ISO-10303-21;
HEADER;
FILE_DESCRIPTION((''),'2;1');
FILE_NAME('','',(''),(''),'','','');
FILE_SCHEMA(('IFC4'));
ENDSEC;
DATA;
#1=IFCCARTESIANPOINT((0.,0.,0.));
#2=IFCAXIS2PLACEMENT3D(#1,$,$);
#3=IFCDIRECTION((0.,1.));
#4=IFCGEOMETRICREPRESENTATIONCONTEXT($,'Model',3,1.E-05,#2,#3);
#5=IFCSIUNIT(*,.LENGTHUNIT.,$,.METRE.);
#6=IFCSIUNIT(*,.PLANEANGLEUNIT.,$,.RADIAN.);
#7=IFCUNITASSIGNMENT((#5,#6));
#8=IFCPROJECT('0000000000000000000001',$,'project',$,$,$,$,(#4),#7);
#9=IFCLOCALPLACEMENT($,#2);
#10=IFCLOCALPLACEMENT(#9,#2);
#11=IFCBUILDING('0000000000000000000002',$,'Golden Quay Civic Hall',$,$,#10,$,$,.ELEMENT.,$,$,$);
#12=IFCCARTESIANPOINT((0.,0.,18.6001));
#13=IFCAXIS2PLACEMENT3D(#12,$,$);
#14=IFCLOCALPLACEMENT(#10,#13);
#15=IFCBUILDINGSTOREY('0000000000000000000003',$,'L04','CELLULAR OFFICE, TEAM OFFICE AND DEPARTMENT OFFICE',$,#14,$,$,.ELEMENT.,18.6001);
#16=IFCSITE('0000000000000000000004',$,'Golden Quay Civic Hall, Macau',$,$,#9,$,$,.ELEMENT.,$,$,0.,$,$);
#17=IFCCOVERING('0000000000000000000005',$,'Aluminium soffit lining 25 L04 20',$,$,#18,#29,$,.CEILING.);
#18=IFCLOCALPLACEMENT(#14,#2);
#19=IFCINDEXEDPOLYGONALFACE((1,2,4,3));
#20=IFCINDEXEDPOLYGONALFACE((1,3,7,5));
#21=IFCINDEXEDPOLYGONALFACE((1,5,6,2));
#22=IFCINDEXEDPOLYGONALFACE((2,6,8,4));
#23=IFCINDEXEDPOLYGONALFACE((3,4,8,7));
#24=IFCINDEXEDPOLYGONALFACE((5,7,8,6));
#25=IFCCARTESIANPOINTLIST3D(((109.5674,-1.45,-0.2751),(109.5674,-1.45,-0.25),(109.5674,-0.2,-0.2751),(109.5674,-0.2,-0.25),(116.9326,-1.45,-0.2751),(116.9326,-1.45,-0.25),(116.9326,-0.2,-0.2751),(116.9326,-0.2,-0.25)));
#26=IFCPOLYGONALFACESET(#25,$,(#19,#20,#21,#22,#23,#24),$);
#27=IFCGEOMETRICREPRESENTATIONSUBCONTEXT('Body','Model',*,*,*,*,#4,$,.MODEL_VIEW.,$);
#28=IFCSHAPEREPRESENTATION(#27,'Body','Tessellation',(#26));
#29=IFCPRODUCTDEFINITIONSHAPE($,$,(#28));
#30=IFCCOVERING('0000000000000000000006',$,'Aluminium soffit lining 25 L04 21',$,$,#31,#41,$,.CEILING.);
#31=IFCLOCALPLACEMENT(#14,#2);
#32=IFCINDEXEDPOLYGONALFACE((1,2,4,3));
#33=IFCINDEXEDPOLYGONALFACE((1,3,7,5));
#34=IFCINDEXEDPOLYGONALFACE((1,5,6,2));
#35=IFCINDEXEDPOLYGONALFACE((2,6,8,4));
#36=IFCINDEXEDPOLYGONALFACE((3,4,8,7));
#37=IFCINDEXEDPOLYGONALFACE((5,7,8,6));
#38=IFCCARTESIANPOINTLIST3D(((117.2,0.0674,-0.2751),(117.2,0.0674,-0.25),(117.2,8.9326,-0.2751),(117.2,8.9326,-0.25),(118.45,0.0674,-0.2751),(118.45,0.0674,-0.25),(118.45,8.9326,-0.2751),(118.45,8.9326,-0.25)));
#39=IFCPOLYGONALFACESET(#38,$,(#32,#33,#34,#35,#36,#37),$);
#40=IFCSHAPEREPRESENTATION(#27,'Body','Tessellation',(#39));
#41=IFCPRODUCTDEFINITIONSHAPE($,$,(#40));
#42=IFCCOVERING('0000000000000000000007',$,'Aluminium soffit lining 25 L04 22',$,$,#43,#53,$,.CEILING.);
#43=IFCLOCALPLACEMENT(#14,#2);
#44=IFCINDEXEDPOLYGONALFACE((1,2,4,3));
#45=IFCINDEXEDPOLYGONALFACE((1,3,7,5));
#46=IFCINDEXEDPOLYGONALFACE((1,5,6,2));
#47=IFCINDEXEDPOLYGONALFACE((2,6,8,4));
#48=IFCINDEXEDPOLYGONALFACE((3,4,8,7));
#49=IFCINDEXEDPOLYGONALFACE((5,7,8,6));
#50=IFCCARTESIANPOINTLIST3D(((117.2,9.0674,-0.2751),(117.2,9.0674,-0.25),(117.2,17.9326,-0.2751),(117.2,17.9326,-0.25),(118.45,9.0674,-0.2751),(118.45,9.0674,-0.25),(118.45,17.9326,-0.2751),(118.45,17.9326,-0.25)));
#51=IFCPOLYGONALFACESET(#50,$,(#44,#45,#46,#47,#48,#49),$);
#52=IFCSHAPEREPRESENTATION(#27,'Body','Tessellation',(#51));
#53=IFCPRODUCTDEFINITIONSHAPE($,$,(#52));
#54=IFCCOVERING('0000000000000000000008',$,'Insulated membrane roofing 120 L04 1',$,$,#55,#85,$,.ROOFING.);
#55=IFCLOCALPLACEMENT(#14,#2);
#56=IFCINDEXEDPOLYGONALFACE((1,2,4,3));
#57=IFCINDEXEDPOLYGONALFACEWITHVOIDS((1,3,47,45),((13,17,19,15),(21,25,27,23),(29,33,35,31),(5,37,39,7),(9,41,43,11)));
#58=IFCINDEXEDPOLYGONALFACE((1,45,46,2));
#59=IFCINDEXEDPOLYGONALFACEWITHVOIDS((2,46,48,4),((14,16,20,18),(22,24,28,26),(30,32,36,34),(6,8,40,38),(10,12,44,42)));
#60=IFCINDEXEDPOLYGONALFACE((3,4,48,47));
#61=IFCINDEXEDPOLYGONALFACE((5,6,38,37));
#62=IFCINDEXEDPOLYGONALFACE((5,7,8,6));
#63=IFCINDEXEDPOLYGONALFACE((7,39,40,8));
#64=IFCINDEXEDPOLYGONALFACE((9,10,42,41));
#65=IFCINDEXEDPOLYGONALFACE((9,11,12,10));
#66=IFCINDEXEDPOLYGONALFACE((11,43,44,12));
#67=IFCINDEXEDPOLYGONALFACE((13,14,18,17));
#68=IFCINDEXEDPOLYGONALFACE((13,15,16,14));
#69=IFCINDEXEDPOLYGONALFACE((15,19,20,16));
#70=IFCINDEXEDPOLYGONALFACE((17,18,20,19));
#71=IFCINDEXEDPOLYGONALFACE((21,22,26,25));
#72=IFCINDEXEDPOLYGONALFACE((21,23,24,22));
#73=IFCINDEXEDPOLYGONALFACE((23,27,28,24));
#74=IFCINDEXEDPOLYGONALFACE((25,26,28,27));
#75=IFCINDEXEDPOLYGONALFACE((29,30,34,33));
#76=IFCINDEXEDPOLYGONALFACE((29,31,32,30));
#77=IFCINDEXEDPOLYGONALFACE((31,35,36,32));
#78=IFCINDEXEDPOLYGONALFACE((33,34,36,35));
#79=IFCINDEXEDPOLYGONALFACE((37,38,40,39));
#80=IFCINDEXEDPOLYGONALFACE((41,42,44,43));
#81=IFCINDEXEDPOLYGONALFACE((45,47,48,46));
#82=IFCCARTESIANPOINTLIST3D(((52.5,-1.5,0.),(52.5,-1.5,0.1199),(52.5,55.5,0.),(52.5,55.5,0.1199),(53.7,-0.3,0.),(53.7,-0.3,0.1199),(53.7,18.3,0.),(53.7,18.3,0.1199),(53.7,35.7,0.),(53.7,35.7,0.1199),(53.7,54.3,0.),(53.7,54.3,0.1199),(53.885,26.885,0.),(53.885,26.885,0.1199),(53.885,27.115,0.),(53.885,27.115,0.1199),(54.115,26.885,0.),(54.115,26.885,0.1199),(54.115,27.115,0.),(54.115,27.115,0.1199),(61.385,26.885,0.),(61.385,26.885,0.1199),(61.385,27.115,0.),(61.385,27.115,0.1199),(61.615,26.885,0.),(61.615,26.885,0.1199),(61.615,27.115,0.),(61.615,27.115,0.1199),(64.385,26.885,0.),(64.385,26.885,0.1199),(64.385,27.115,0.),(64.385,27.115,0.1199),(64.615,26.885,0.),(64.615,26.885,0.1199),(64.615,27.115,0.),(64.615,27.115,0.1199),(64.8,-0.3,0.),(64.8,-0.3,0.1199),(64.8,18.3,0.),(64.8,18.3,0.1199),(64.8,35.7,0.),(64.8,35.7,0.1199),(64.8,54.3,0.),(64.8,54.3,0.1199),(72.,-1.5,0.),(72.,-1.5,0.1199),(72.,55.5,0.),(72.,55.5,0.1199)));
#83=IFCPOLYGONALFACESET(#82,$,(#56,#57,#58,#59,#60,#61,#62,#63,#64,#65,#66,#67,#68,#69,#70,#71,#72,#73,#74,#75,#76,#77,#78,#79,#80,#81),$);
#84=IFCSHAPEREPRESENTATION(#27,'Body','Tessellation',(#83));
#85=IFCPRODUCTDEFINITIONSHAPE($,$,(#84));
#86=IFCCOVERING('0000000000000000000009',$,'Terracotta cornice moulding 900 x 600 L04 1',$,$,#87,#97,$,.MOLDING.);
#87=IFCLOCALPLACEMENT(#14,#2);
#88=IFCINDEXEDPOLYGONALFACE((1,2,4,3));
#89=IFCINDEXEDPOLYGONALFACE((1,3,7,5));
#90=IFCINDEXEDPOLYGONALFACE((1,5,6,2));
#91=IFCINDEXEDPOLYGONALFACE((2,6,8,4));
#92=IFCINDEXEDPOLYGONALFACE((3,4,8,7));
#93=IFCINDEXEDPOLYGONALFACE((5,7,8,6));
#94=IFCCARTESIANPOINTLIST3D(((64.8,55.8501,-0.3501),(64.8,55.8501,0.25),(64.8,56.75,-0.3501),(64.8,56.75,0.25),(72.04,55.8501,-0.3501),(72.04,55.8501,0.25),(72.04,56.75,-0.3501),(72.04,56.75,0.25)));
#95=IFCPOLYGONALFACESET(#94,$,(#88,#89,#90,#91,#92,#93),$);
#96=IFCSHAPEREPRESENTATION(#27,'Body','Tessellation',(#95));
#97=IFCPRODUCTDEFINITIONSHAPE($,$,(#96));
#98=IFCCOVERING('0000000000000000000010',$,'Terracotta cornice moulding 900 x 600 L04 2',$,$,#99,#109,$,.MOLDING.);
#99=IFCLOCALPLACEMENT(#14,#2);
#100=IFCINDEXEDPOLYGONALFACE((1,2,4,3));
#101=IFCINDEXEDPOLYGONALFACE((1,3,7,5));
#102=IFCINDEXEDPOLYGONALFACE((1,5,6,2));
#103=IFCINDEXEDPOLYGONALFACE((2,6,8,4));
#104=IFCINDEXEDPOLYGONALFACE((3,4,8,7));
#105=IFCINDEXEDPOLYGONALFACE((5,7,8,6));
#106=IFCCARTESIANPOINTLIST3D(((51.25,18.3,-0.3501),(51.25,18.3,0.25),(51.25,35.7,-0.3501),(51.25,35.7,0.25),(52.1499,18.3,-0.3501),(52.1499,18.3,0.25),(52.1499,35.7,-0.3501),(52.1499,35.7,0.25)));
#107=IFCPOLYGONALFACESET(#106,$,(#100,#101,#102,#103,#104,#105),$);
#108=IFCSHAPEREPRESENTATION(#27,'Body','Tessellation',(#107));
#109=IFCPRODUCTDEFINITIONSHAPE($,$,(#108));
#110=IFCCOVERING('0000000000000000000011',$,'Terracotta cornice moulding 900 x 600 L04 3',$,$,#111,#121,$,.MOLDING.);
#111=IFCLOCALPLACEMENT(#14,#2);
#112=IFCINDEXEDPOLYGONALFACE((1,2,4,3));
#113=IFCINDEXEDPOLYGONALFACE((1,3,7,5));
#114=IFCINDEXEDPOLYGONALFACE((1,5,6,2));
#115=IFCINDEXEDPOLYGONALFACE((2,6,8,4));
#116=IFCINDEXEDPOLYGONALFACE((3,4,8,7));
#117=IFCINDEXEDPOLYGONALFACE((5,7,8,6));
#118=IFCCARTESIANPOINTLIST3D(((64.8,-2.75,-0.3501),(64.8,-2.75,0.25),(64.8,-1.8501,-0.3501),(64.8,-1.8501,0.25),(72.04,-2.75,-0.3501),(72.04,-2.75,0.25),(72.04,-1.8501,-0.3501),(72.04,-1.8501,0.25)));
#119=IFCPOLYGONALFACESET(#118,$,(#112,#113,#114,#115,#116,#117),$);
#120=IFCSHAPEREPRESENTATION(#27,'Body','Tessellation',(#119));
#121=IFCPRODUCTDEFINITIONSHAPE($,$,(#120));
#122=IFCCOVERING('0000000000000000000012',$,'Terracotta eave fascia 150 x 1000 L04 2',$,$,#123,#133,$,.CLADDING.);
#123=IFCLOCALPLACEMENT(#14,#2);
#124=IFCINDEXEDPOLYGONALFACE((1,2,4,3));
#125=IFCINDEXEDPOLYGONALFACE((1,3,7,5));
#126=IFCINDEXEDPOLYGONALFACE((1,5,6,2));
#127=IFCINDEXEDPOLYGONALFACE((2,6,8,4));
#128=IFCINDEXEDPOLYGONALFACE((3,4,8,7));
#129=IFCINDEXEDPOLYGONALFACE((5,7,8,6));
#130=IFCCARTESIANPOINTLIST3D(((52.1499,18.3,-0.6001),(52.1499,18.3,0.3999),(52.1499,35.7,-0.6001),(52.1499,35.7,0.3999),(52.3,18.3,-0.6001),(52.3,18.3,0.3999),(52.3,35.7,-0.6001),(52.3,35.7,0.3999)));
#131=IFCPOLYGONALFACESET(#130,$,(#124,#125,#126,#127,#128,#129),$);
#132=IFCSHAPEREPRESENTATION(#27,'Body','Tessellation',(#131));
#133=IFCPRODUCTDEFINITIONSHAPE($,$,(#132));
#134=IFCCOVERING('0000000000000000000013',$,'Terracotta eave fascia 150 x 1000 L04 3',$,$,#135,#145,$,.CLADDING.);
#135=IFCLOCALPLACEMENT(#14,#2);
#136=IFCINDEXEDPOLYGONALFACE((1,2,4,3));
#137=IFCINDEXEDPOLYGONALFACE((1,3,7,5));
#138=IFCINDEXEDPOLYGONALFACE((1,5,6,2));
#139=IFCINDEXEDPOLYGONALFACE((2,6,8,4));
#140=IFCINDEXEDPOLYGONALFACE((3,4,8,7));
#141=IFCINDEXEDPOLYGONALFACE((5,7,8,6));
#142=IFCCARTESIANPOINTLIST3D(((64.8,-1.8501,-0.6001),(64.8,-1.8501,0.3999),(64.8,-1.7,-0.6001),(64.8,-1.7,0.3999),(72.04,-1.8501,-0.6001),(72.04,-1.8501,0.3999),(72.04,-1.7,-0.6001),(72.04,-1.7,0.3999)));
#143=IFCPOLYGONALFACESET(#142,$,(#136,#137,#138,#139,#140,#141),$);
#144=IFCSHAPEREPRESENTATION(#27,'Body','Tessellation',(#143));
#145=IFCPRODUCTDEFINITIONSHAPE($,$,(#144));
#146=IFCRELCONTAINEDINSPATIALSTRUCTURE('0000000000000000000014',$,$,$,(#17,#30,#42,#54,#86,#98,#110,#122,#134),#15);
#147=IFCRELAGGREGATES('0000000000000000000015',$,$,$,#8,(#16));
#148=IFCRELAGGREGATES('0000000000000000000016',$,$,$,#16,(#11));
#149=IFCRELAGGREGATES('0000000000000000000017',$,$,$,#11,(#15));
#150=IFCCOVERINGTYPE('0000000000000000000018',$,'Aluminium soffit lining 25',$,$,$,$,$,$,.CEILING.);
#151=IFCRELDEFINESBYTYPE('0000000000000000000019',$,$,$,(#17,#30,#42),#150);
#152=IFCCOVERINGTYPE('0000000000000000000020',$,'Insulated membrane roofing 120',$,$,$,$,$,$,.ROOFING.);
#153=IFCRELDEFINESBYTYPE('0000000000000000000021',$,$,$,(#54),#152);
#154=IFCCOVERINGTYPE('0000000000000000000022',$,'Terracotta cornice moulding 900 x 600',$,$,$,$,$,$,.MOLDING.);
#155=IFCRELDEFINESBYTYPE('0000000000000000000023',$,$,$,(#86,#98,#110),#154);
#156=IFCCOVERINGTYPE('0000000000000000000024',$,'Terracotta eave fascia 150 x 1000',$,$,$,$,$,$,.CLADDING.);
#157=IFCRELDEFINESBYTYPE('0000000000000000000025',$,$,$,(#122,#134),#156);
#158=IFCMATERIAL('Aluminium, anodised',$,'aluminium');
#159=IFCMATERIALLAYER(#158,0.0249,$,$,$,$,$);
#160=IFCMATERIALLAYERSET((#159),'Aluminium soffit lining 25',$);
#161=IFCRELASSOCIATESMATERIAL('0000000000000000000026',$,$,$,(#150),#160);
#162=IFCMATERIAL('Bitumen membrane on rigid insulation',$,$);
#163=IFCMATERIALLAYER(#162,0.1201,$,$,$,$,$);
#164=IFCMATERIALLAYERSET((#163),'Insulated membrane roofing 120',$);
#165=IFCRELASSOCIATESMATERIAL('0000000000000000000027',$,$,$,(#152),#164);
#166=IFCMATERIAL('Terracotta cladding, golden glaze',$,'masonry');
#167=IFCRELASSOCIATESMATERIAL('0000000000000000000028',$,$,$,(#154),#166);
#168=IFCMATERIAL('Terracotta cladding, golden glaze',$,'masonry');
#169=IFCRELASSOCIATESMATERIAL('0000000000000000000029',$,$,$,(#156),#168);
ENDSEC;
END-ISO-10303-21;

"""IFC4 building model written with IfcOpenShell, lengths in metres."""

from ifc_helpers import new_model, si_unit, direction, frame, origin, place, context, subcontext, project, spatial, polyline, outline, extrude, material, layer, layer_set, type_object, element, save


model = new_model("IFC4")

# Units and contexts
model_context = context("Model", 3, precision=1e-05, world=origin(), true_north=direction((0.0, 1.0)))
body_context = subcontext(model_context, "Body", "Model", "MODEL_VIEW")
ifc_project = project(units=[si_unit("LENGTHUNIT", "METRE"), si_unit("PLANEANGLEUNIT", "RADIAN")], contexts=[model_context])

# Site, building, storey
site_placement = place(None, origin())
site = spatial("IfcSite", under=ifc_project, at=site_placement, Name="Golden Quay Civic Hall, Macau", CompositionType="ELEMENT", RefElevation=0.0)
building_placement = place(site_placement, origin())
building = spatial("IfcBuilding", under=site, at=building_placement, Name="Golden Quay Civic Hall", CompositionType="ELEMENT")
storey_placement = place(building_placement, frame((0.0, 0.0, 18.6001)))
storey = spatial("IfcBuildingStorey", under=building, at=storey_placement, Name="L04", Description="CELLULAR OFFICE, TEAM OFFICE AND DEPARTMENT OFFICE", CompositionType="ELEMENT", Elevation=18.6001)

# Coverings
ifc_material_1 = material(Name="Aluminium, anodised", Category="aluminium")
ifc_layer_1 = layer(ifc_material_1, 0.0249)
ifc_layer_set_1 = layer_set([ifc_layer_1], Name="Aluminium soffit lining 25")
covering_type_1 = type_object("IfcCoveringType", Name="Aluminium soffit lining 25", PredefinedType="CEILING", material=ifc_layer_set_1)
covering_1_placement = place(storey_placement, frame((0.0, 0.0, -0.2751)))
element("IfcCovering", 1, at=covering_1_placement, inside=storey, type_object=covering_type_1, Name="Aluminium soffit lining 25 L04 20", PredefinedType="CEILING", context=body_context, shape_type="SweptSolid", body=[
    extrude(outline(polyline([(116.9326, -0.2), (116.9326, -1.45), (109.5674, -1.45), (109.5674, -0.2), (116.9326, -0.2)])), origin(), (0.0, 0.0, 1.0), 0.0251),
])
covering_2_placement = place(storey_placement, frame((0.0, 0.0, -0.2751)))
element("IfcCovering", 2, at=covering_2_placement, inside=storey, type_object=covering_type_1, Name="Aluminium soffit lining 25 L04 21", PredefinedType="CEILING", context=body_context, shape_type="SweptSolid", body=[
    extrude(outline(polyline([(117.2, 8.9326), (118.45, 8.9326), (118.45, 0.0674), (117.2, 0.0674), (117.2, 8.9326)])), origin(), (0.0, 0.0, 1.0), 0.0251),
])
covering_3_placement = place(storey_placement, frame((0.0, 0.0, -0.2751)))
element("IfcCovering", 3, at=covering_3_placement, inside=storey, type_object=covering_type_1, Name="Aluminium soffit lining 25 L04 22", PredefinedType="CEILING", context=body_context, shape_type="SweptSolid", body=[
    extrude(outline(polyline([(117.2, 17.9326), (118.45, 17.9326), (118.45, 9.0674), (117.2, 9.0674), (117.2, 17.9326)])), origin(), (0.0, 0.0, 1.0), 0.0251),
])
ifc_material_2 = material(Name="Bitumen membrane on rigid insulation")
ifc_layer_2 = layer(ifc_material_2, 0.1201)
ifc_layer_set_2 = layer_set([ifc_layer_2], Name="Insulated membrane roofing 120")
covering_type_2 = type_object("IfcCoveringType", Name="Insulated membrane roofing 120", PredefinedType="ROOFING", material=ifc_layer_set_2)
covering_4_placement = place(storey_placement, origin())
element("IfcCovering", 4, at=covering_4_placement, inside=storey, type_object=covering_type_2, Name="Insulated membrane roofing 120 L04 1", PredefinedType="ROOFING", context=body_context, shape_type="SweptSolid", body=[
    extrude(outline(polyline([(52.5, 55.5), (72.0, 55.5), (72.0, -1.5), (52.5, -1.5), (52.5, 55.5)]), holes=[polyline([(64.8, -0.3), (64.8, 18.3), (53.7, 18.3), (53.7, -0.3), (64.8, -0.3)]), polyline([(64.8, 35.7), (64.8, 54.3), (53.7, 54.3), (53.7, 35.7), (64.8, 35.7)]), polyline([(53.885, 26.885), (54.115, 26.885), (54.115, 27.115), (53.885, 27.115), (53.885, 26.885)]), polyline([(61.385, 27.115), (61.385, 26.885), (61.615, 26.885), (61.615, 27.115), (61.385, 27.115)]), polyline([(64.615, 27.115), (64.385, 27.115), (64.385, 26.885), (64.615, 26.885), (64.615, 27.115)])]), origin(), (0.0, 0.0, 1.0), 0.1199),
])
ifc_material_3 = material(Name="Terracotta cladding, golden glaze", Category="masonry")
covering_type_3 = type_object("IfcCoveringType", Name="Terracotta cornice moulding 900 x 600", PredefinedType="MOLDING", material=ifc_material_3)
covering_5_placement = place(storey_placement, frame((0.0, 0.0, -0.3501)))
element("IfcCovering", 5, at=covering_5_placement, inside=storey, type_object=covering_type_3, Name="Terracotta cornice moulding 900 x 600 L04 1", PredefinedType="MOLDING", context=body_context, shape_type="SweptSolid", body=[
    extrude(outline(polyline([(72.04, 55.8501), (64.8, 55.8501), (64.8, 56.75), (72.04, 56.75), (72.04, 55.8501)])), origin(), (0.0, 0.0, 1.0), 0.6001),
])
covering_6_placement = place(storey_placement, frame((0.0, 0.0, -0.3501)))
element("IfcCovering", 6, at=covering_6_placement, inside=storey, type_object=covering_type_3, Name="Terracotta cornice moulding 900 x 600 L04 2", PredefinedType="MOLDING", context=body_context, shape_type="SweptSolid", body=[
    extrude(outline(polyline([(52.1499, 18.3), (51.25, 18.3), (51.25, 35.7), (52.1499, 35.7), (52.1499, 18.3)])), origin(), (0.0, 0.0, 1.0), 0.6001),
])
covering_7_placement = place(storey_placement, frame((0.0, 0.0, -0.3501)))
element("IfcCovering", 7, at=covering_7_placement, inside=storey, type_object=covering_type_3, Name="Terracotta cornice moulding 900 x 600 L04 3", PredefinedType="MOLDING", context=body_context, shape_type="SweptSolid", body=[
    extrude(outline(polyline([(72.04, -1.8501), (72.04, -2.75), (64.8, -2.75), (64.8, -1.8501), (72.04, -1.8501)])), origin(), (0.0, 0.0, 1.0), 0.6001),
])
ifc_material_4 = material(Name="Terracotta cladding, golden glaze", Category="masonry")
covering_type_4 = type_object("IfcCoveringType", Name="Terracotta eave fascia 150 x 1000", PredefinedType="CLADDING", material=ifc_material_4)
covering_8_placement = place(storey_placement, frame((0.0, 0.0, -0.6001)))
element("IfcCovering", 8, at=covering_8_placement, inside=storey, type_object=covering_type_4, Name="Terracotta eave fascia 150 x 1000 L04 2", PredefinedType="CLADDING", context=body_context, shape_type="SweptSolid", body=[
    extrude(outline(polyline([(52.3, 18.3), (52.1499, 18.3), (52.1499, 35.7), (52.3, 35.7), (52.3, 18.3)])), origin(), (0.0, 0.0, 1.0), 1.0),
])
covering_9_placement = place(storey_placement, frame((0.0, 0.0, -0.6001)))
element("IfcCovering", 9, at=covering_9_placement, inside=storey, type_object=covering_type_4, Name="Terracotta eave fascia 150 x 1000 L04 3", PredefinedType="CLADDING", context=body_context, shape_type="SweptSolid", body=[
    extrude(outline(polyline([(72.04, -1.7), (72.04, -1.8501), (64.8, -1.8501), (64.8, -1.7), (72.04, -1.7)])), origin(), (0.0, 0.0, 1.0), 1.0),
])

save(model, "model.ifc")
